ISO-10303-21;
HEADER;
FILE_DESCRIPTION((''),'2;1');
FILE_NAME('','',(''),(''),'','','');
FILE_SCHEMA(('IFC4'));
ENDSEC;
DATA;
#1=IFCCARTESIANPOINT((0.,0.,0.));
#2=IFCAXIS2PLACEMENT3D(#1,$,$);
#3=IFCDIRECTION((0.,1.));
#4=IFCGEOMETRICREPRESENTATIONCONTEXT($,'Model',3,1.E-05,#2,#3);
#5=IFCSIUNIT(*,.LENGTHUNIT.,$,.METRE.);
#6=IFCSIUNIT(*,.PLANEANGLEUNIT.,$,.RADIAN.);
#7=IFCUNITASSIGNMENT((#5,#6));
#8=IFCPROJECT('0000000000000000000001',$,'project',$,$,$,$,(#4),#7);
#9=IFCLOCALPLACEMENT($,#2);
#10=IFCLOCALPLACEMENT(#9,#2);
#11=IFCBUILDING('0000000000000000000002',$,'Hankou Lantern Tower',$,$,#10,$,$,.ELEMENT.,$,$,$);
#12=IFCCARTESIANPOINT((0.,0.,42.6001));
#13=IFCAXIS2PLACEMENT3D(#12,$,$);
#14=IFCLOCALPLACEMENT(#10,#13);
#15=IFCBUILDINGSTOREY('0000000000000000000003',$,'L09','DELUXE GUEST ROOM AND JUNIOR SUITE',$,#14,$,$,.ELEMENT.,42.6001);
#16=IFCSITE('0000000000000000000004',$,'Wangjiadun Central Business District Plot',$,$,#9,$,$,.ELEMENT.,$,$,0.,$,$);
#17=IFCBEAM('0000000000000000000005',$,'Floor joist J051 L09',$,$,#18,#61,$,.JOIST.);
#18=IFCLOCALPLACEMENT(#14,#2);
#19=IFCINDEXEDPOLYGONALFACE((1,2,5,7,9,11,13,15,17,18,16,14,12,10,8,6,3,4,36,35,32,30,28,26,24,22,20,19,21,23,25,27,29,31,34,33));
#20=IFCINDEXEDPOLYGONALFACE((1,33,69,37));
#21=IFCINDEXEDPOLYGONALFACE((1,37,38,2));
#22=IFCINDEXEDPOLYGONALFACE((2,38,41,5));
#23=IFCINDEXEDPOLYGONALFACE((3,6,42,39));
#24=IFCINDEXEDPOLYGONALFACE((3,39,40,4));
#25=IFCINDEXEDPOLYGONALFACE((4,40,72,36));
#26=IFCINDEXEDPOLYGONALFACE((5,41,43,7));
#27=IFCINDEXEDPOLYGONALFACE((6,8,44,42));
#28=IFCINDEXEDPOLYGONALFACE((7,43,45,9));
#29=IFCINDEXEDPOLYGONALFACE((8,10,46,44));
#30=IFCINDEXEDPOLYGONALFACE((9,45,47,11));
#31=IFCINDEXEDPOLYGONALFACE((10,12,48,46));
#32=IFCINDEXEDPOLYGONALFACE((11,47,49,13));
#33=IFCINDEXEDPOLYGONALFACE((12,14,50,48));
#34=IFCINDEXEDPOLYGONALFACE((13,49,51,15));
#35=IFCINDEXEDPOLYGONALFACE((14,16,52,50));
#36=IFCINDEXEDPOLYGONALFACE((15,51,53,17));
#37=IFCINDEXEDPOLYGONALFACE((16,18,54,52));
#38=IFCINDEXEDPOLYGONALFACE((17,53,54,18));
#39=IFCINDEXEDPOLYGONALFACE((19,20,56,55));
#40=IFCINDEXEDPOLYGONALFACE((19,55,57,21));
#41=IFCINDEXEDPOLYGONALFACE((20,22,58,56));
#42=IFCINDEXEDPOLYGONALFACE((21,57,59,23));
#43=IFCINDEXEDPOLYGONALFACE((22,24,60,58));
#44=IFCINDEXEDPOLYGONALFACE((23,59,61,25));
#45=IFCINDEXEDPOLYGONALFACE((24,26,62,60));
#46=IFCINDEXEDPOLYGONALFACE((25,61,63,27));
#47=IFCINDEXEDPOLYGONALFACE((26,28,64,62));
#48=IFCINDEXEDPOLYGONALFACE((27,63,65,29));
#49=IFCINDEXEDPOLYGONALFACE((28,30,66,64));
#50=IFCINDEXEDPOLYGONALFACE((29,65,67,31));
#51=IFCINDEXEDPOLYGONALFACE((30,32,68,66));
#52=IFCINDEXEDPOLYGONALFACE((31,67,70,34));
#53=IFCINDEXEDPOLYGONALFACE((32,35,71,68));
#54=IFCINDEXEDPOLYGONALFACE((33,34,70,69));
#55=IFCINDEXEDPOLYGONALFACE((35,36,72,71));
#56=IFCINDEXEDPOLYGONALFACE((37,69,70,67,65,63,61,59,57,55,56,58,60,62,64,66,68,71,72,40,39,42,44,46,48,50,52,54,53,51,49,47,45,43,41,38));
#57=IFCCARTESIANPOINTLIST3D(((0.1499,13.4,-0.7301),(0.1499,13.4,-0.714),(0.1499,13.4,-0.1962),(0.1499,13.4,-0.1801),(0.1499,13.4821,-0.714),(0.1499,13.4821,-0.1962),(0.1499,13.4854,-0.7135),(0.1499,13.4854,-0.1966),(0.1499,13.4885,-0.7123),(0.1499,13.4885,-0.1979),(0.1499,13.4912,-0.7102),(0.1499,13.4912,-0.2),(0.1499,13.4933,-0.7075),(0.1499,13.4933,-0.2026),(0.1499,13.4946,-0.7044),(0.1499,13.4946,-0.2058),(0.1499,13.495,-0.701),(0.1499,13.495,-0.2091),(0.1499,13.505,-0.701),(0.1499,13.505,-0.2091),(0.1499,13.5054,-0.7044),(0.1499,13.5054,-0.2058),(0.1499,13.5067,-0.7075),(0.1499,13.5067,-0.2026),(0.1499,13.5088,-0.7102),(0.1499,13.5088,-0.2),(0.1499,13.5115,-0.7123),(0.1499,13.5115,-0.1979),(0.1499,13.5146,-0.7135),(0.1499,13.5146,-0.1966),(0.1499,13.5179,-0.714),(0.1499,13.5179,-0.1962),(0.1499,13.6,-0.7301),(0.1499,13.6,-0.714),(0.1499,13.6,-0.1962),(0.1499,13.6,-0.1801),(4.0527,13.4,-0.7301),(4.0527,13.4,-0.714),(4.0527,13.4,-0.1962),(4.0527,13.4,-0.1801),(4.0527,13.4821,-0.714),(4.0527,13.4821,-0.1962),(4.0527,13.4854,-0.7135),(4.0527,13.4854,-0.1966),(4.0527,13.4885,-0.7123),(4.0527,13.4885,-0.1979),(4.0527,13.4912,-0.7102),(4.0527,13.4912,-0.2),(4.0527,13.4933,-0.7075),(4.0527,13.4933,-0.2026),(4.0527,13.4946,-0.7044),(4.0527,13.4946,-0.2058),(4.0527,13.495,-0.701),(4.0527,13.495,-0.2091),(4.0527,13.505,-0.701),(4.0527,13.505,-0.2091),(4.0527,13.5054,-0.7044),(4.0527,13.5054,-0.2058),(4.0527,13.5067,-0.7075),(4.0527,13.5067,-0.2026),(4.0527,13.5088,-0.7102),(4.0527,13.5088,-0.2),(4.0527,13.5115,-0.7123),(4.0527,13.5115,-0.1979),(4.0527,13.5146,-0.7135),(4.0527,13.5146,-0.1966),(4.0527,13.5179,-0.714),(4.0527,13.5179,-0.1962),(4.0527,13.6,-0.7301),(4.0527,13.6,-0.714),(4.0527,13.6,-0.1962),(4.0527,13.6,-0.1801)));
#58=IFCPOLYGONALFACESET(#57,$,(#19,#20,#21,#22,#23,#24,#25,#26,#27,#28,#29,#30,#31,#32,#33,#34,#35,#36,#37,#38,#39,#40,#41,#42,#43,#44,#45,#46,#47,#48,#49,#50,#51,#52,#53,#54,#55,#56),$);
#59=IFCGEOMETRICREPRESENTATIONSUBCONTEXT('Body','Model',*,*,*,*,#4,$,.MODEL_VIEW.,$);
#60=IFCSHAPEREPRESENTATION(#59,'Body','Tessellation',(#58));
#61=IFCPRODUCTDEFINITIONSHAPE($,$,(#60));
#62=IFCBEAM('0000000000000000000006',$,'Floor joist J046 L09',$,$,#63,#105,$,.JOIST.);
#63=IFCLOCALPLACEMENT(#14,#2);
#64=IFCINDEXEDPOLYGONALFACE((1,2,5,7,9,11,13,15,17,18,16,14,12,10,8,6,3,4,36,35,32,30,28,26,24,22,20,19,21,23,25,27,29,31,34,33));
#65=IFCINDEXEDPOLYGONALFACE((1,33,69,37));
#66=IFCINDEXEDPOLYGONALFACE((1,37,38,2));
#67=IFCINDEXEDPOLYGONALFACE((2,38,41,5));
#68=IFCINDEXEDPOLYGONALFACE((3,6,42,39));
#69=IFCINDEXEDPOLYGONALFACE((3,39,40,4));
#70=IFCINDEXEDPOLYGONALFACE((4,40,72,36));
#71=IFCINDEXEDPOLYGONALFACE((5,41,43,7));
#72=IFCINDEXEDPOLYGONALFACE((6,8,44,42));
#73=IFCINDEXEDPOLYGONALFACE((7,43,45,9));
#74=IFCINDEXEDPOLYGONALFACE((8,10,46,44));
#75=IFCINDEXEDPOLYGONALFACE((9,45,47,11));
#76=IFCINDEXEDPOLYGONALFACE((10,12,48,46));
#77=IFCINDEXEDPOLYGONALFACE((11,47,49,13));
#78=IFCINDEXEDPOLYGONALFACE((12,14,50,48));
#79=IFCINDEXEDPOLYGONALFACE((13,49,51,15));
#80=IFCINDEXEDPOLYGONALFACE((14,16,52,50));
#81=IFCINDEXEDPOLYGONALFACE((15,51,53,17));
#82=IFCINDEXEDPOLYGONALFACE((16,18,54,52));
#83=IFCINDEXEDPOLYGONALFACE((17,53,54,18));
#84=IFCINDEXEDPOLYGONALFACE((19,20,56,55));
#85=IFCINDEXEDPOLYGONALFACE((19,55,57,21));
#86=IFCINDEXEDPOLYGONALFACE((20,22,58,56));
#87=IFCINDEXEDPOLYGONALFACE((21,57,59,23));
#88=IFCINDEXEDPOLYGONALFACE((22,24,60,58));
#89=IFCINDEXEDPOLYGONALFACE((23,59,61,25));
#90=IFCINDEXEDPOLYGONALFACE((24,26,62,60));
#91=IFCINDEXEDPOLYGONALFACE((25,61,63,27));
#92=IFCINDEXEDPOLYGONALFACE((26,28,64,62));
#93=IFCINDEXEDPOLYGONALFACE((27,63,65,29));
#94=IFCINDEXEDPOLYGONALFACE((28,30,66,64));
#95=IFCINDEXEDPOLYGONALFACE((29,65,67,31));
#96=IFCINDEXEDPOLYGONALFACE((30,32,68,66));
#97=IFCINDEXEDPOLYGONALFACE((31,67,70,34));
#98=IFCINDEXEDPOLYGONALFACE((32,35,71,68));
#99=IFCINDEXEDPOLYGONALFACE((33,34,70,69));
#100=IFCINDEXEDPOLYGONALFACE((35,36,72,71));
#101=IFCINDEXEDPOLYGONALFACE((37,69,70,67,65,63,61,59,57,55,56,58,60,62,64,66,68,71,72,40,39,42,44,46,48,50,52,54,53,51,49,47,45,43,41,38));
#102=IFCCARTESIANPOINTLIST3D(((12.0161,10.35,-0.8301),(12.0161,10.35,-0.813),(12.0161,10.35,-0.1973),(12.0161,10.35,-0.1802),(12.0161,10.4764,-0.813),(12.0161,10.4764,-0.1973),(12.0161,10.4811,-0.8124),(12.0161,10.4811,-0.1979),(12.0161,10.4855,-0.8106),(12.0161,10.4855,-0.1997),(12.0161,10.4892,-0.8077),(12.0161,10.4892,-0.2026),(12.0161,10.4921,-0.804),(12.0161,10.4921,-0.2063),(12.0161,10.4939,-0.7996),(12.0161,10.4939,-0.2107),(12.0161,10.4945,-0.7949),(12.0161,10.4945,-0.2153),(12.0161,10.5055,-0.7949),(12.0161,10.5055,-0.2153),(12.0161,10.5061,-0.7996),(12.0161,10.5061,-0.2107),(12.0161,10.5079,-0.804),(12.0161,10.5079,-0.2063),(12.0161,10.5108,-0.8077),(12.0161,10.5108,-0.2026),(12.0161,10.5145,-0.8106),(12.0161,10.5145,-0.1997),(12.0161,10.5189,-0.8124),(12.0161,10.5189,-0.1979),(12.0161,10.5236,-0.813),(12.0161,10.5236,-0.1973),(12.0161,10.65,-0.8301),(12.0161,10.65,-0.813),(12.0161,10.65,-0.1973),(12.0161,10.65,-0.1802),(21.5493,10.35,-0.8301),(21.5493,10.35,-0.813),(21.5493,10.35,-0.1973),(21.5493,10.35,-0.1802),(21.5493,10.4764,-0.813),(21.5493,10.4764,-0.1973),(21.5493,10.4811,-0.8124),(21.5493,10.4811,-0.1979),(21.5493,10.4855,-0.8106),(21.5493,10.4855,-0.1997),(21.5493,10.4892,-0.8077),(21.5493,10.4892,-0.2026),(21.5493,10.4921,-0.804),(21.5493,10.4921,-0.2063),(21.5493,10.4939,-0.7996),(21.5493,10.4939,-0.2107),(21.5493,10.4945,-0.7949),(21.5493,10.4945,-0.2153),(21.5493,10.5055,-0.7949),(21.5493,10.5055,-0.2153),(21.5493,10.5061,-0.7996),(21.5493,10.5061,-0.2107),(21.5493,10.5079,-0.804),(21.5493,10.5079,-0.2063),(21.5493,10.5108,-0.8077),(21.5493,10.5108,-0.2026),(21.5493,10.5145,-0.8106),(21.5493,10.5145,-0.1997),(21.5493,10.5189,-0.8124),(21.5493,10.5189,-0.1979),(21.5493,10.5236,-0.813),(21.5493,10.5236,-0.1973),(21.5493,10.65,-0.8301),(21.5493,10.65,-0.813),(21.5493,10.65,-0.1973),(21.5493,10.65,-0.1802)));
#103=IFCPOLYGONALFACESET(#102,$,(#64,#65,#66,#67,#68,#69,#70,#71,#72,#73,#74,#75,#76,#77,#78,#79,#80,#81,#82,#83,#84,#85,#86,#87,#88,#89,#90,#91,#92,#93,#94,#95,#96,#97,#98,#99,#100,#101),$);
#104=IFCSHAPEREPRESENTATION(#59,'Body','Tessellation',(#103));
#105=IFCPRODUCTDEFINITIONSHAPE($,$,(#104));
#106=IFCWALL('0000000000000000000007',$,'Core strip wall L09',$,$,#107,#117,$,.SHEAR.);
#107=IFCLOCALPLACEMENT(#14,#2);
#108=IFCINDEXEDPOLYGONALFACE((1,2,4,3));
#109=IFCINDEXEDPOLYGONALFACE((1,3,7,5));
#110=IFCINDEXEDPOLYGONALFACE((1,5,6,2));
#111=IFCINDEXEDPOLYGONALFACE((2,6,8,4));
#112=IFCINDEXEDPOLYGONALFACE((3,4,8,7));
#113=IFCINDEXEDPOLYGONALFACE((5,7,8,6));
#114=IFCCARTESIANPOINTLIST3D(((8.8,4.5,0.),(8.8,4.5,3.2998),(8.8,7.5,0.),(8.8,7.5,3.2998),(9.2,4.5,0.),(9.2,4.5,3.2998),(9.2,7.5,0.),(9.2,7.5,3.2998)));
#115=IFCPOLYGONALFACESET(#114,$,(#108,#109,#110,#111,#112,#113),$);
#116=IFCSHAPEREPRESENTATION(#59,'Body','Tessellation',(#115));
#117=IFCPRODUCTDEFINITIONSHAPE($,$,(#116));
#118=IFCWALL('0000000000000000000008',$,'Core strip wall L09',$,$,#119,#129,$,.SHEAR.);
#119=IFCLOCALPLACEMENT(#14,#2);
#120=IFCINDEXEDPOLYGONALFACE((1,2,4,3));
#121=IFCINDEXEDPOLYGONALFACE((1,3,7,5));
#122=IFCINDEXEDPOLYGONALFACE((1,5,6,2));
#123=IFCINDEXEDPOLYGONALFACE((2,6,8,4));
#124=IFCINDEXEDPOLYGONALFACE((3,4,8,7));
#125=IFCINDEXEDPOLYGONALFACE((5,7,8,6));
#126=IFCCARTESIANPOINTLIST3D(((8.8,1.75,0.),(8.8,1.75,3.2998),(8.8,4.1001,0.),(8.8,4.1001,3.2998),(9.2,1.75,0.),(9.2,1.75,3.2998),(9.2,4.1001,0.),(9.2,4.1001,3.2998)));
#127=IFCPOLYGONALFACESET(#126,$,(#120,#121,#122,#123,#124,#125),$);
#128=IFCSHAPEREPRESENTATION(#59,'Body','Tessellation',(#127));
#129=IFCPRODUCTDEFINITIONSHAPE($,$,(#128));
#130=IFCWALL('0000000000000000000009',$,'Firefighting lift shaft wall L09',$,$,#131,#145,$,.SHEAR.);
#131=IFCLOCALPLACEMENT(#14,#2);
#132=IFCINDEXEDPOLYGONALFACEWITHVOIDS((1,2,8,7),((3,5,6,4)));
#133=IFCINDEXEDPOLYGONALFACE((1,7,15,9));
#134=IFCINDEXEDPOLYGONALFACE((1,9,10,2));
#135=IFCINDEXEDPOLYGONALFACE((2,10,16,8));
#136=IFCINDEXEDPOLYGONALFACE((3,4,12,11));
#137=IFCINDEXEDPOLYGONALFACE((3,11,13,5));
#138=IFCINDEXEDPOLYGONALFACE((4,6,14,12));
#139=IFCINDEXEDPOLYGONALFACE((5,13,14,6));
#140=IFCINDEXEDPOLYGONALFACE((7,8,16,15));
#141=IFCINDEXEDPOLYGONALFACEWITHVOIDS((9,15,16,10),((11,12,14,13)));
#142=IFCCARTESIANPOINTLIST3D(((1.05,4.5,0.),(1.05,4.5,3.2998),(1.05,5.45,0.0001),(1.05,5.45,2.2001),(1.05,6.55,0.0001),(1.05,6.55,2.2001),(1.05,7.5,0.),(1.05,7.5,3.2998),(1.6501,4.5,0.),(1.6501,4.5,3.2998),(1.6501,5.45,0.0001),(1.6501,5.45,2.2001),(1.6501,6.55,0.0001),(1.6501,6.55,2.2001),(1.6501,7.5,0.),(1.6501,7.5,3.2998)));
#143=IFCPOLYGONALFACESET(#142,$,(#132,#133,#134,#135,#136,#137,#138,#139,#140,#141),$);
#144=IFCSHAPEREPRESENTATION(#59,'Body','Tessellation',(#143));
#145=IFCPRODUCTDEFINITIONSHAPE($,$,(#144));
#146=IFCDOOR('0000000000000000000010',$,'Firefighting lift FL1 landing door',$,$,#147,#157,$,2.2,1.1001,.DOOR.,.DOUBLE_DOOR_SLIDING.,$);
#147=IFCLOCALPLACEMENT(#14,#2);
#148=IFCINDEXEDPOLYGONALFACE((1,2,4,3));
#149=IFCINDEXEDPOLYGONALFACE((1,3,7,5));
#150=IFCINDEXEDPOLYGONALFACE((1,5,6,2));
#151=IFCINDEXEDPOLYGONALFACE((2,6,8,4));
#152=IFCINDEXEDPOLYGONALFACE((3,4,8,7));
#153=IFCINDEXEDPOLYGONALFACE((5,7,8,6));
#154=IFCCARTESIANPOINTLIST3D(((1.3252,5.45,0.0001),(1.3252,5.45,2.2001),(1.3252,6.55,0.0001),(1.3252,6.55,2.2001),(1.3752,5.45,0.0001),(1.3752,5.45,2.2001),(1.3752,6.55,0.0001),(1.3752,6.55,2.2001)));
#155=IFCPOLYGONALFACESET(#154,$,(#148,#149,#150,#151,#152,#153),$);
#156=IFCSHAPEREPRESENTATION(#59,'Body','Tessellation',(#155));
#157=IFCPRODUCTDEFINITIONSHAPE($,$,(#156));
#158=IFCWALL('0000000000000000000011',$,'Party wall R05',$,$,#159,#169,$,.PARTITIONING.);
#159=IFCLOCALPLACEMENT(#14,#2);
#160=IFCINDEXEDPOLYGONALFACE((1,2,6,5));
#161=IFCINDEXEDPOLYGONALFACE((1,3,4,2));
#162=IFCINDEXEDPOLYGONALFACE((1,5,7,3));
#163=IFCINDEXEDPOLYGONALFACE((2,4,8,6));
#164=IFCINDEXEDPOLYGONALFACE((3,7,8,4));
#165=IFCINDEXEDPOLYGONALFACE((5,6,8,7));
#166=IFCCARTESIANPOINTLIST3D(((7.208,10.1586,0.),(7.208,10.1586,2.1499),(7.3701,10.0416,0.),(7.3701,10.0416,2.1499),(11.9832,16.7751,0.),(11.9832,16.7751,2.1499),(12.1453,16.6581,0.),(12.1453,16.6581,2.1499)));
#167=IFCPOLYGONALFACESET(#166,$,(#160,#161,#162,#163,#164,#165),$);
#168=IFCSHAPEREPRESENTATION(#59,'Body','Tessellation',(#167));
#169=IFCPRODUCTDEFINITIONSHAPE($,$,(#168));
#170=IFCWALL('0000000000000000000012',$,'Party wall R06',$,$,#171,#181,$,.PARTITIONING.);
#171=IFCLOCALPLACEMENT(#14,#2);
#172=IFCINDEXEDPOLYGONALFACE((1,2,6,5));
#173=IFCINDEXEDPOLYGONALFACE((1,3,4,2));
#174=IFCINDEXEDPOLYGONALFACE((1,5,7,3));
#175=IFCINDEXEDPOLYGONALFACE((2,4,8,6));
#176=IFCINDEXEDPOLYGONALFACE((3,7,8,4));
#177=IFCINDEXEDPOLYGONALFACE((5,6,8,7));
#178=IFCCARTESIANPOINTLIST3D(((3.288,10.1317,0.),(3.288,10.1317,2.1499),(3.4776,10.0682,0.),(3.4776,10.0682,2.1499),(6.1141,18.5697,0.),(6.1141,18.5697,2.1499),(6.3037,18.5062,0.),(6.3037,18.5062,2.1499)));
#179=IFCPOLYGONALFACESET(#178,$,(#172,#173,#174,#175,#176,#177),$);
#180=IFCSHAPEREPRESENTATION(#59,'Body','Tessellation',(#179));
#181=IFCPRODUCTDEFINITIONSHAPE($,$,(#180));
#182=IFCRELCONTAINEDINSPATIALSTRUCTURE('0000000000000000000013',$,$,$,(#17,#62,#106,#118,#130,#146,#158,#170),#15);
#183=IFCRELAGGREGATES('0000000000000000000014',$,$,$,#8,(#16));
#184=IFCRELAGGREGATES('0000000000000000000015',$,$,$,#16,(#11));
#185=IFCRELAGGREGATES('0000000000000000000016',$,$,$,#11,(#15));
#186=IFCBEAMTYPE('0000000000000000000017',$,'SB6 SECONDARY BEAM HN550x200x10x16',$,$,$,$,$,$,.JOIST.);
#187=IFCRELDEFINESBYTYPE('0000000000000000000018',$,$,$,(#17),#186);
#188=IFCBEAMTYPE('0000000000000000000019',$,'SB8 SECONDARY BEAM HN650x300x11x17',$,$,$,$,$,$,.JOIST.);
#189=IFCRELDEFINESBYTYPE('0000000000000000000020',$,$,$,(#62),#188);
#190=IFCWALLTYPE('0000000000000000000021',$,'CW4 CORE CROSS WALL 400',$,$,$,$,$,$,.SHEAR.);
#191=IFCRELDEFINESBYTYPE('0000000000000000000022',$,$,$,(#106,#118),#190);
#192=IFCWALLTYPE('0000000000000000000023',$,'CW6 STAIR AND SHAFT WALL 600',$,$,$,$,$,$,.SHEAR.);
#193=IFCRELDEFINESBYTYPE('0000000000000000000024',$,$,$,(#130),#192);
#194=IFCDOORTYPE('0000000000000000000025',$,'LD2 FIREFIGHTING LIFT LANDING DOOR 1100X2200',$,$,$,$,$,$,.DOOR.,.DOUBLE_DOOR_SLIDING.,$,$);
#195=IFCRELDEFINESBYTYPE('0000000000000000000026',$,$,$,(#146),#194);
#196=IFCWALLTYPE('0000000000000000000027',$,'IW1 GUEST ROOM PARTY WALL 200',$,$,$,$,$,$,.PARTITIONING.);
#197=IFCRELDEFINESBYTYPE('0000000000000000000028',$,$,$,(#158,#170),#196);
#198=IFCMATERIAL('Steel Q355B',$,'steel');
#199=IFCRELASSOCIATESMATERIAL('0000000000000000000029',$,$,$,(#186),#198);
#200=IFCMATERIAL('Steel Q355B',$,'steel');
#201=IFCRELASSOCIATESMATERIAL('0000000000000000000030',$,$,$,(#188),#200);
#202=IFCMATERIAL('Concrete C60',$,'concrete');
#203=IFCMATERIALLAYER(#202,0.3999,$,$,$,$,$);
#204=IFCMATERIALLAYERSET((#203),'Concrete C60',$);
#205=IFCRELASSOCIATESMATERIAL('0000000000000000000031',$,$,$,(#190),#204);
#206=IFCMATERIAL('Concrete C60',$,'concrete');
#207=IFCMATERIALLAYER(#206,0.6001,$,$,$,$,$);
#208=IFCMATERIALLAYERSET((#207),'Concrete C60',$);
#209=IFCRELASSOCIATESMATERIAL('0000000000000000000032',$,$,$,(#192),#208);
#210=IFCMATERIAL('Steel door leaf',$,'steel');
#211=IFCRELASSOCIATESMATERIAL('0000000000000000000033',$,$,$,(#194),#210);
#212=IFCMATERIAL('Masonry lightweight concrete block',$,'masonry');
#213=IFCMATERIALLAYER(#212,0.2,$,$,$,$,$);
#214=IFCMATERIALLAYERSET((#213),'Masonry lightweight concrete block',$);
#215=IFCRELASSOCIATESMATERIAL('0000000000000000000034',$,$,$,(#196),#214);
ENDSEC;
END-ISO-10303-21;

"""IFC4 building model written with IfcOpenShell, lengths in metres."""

from ifc_helpers import new_model, si_unit, direction, frame, frame_2d, origin, origin_2d, place, context, subcontext, project, spatial, rectangle, i_section, extrude, material, layer, layer_set, material_profile, profile_set, type_object, element, fill, save


model = new_model("IFC4")

# Units and contexts
model_context = context("Model", 3, precision=1e-05, world=origin(), true_north=direction((0.0, 1.0)))
body_context = subcontext(model_context, "Body", "Model", "MODEL_VIEW")
ifc_project = project(units=[si_unit("LENGTHUNIT", "METRE"), si_unit("PLANEANGLEUNIT", "RADIAN")], contexts=[model_context])

# Site, building, storey
site_placement = place(None, origin())
site = spatial("IfcSite", under=ifc_project, at=site_placement, Name="Wangjiadun Central Business District Plot", CompositionType="ELEMENT", RefElevation=0.0)
building_placement = place(site_placement, origin())
building = spatial("IfcBuilding", under=site, at=building_placement, Name="Hankou Lantern Tower", CompositionType="ELEMENT")
storey_placement = place(building_placement, frame((0.0, 0.0, 42.6001)))
storey = spatial("IfcBuildingStorey", under=building, at=storey_placement, Name="L09", Description="DELUXE GUEST ROOM AND JUNIOR SUITE", CompositionType="ELEMENT", Elevation=42.6001)

# Beams
ifc_material_1 = material(Name="Steel Q355B", Category="steel")
ifc_material_profile_1 = material_profile(ifc_material_1, i_section(OverallWidth=0.2, OverallDepth=0.55, WebThickness=0.01, FlangeThickness=0.0161, FilletRadius=0.0129, at=origin_2d()), Name="HN550x200x10x16")
ifc_profile_set_1 = profile_set([ifc_material_profile_1], Name="Steel Q355B")
beam_type_1 = type_object("IfcBeamType", Name="SB6 SECONDARY BEAM HN550x200x10x16", PredefinedType="JOIST", material=ifc_profile_set_1)
beam_1_placement = place(storey_placement, frame((0.1499, 13.5, -0.4551), z_axis=(1.0, 0.0, 0.0), x_axis=(0.0, 1.0, 0.0)))
element("IfcBeam", 1, at=beam_1_placement, inside=storey, type_object=beam_type_1, Name="Floor joist J051 L09", PredefinedType="JOIST", context=body_context, shape_type="SweptSolid", body=[
    extrude(i_section(OverallWidth=0.2, OverallDepth=0.55, WebThickness=0.01, FlangeThickness=0.0161, FilletRadius=0.0129, at=origin_2d()), origin(), (0.0, 0.0, 1.0), 3.9028),
])
ifc_material_2 = material(Name="Steel Q355B", Category="steel")
ifc_material_profile_2 = material_profile(ifc_material_2, i_section(OverallWidth=0.3, OverallDepth=0.6499, WebThickness=0.011, FlangeThickness=0.0171, FilletRadius=0.0181, at=origin_2d()), Name="HN650x300x11x17")
ifc_profile_set_2 = profile_set([ifc_material_profile_2], Name="Steel Q355B")
beam_type_2 = type_object("IfcBeamType", Name="SB8 SECONDARY BEAM HN650x300x11x17", PredefinedType="JOIST", material=ifc_profile_set_2)
beam_2_placement = place(storey_placement, frame((12.0161, 10.5, -0.5051), z_axis=(1.0, 0.0, 0.0), x_axis=(0.0, 1.0, 0.0)))
element("IfcBeam", 2, at=beam_2_placement, inside=storey, type_object=beam_type_2, Name="Floor joist J046 L09", PredefinedType="JOIST", context=body_context, shape_type="SweptSolid", body=[
    extrude(i_section(OverallWidth=0.3, OverallDepth=0.6499, WebThickness=0.011, FlangeThickness=0.0171, FilletRadius=0.0181, at=origin_2d()), origin(), (0.0, 0.0, 1.0), 9.5332),
])

# Walls
ifc_material_3 = material(Name="Concrete C60", Category="concrete")
ifc_layer_1 = layer(ifc_material_3, 0.3999)
ifc_layer_set_1 = layer_set([ifc_layer_1], Name="Concrete C60")
wall_type_1 = type_object("IfcWallType", Name="CW4 CORE CROSS WALL 400", PredefinedType="SHEAR", material=ifc_layer_set_1)
wall_1_placement = place(storey_placement, frame((9.0, 4.5, 0.0), z_axis=(0.0, 0.0, 1.0), x_axis=(0.0, 1.0, 0.0)))
element("IfcWall", 3, at=wall_1_placement, inside=storey, type_object=wall_type_1, Name="Core strip wall L09", PredefinedType="SHEAR", context=body_context, shape_type="SweptSolid", body=[
    extrude(rectangle(XDim=3.0, YDim=0.3999, at=frame_2d((1.5, 0.0))), origin(), (0.0, 0.0, 1.0), 3.2998),
])
wall_2_placement = place(storey_placement, frame((9.0, 1.75, 0.0), z_axis=(0.0, 0.0, 1.0), x_axis=(0.0, 1.0, 0.0)))
element("IfcWall", 4, at=wall_2_placement, inside=storey, type_object=wall_type_1, Name="Core strip wall L09", PredefinedType="SHEAR", context=body_context, shape_type="SweptSolid", body=[
    extrude(rectangle(XDim=2.3501, YDim=0.3999, at=frame_2d((1.175, 0.0))), origin(), (0.0, 0.0, 1.0), 3.2998),
])

# Wall, opening, door
ifc_material_4 = material(Name="Concrete C60", Category="concrete")
ifc_layer_2 = layer(ifc_material_4, 0.6001)
ifc_layer_set_2 = layer_set([ifc_layer_2], Name="Concrete C60")
wall_type_2 = type_object("IfcWallType", Name="CW6 STAIR AND SHAFT WALL 600", PredefinedType="SHEAR", material=ifc_layer_set_2)
wall_3_placement = place(storey_placement, frame((1.3501, 4.5, 0.0), z_axis=(0.0, 0.0, 1.0), x_axis=(0.0, 1.0, 0.0)))
wall_3 = element("IfcWall", 5, at=wall_3_placement, inside=storey, type_object=wall_type_2, Name="Firefighting lift shaft wall L09", PredefinedType="SHEAR", context=body_context, shape_type="SweptSolid", body=[
    extrude(rectangle(XDim=3.0, YDim=0.6001, at=frame_2d((1.5, 0.0))), origin(), (0.0, 0.0, 1.0), 3.2998),
])
opening_1_placement = place(wall_3_placement, frame((0.95, 0.0, 0.0)))
opening_1 = element("IfcOpeningElement", 6, at=opening_1_placement, cuts=wall_3, PredefinedType="OPENING", context=body_context, shape_type="SweptSolid", body=[
    extrude(rectangle(XDim=1.1001, YDim=2.2, at=frame_2d((0.55, 1.1001))), frame((0.0, 0.3101, 0.0), z_axis=(0.0, -1.0, 0.0), x_axis=(1.0, 0.0, 0.0)), (0.0, 0.0, 1.0), 0.6201),
])
ifc_material_5 = material(Name="Steel door leaf", Category="steel")
door_type_1 = type_object("IfcDoorType", Name="LD2 FIREFIGHTING LIFT LANDING DOOR 1100X2200", OperationType="DOUBLE_DOOR_SLIDING", PredefinedType="DOOR", material=ifc_material_5)
door_1_placement = place(opening_1_placement, origin())
door_1 = element("IfcDoor", 7, at=door_1_placement, inside=storey, type_object=door_type_1, Name="Firefighting lift FL1 landing door", OperationType="DOUBLE_DOOR_SLIDING", OverallHeight=2.2, OverallWidth=1.1001, PredefinedType="DOOR", context=body_context, shape_type="SweptSolid", body=[
    extrude(rectangle(XDim=1.1001, YDim=2.2, at=frame_2d((0.55, 1.1001))), frame((0.0, 0.0249, 0.0), z_axis=(0.0, -1.0, 0.0), x_axis=(1.0, 0.0, 0.0)), (0.0, 0.0, 1.0), 0.05),
])
fill(opening_1, door_1)

# Walls
ifc_material_6 = material(Name="Masonry lightweight concrete block", Category="masonry")
ifc_layer_3 = layer(ifc_material_6, 0.2)
ifc_layer_set_3 = layer_set([ifc_layer_3], Name="Masonry lightweight concrete block")
wall_type_3 = type_object("IfcWallType", Name="IW1 GUEST ROOM PARTY WALL 200", PredefinedType="PARTITIONING", material=ifc_layer_set_3)
wall_4_placement = place(storey_placement, frame((7.2891, 10.1001, 0.0), z_axis=(0.0, 0.0, 1.0), x_axis=(0.585216, 0.810877, 0.0)))
element("IfcWall", 8, at=wall_4_placement, inside=storey, type_object=wall_type_3, Name="Party wall R05", PredefinedType="PARTITIONING", context=body_context, shape_type="SweptSolid", body=[
    extrude(rectangle(XDim=8.1597, YDim=0.2, at=frame_2d((4.0798, 0.0))), origin(), (0.0, 0.0, 1.0), 2.1499),
])
wall_5_placement = place(storey_placement, frame((3.3828, 10.1001, 0.0), z_axis=(0.0, 0.0, 1.0), x_axis=(0.317594, 0.948227, 0.0)))
element("IfcWall", 9, at=wall_5_placement, inside=storey, type_object=wall_type_3, Name="Party wall R06", PredefinedType="PARTITIONING", context=body_context, shape_type="SweptSolid", body=[
    extrude(rectangle(XDim=8.8987, YDim=0.2, at=frame_2d((4.4492, 0.0))), origin(), (0.0, 0.0, 1.0), 2.1499),
])

save(model, "model.ifc")
